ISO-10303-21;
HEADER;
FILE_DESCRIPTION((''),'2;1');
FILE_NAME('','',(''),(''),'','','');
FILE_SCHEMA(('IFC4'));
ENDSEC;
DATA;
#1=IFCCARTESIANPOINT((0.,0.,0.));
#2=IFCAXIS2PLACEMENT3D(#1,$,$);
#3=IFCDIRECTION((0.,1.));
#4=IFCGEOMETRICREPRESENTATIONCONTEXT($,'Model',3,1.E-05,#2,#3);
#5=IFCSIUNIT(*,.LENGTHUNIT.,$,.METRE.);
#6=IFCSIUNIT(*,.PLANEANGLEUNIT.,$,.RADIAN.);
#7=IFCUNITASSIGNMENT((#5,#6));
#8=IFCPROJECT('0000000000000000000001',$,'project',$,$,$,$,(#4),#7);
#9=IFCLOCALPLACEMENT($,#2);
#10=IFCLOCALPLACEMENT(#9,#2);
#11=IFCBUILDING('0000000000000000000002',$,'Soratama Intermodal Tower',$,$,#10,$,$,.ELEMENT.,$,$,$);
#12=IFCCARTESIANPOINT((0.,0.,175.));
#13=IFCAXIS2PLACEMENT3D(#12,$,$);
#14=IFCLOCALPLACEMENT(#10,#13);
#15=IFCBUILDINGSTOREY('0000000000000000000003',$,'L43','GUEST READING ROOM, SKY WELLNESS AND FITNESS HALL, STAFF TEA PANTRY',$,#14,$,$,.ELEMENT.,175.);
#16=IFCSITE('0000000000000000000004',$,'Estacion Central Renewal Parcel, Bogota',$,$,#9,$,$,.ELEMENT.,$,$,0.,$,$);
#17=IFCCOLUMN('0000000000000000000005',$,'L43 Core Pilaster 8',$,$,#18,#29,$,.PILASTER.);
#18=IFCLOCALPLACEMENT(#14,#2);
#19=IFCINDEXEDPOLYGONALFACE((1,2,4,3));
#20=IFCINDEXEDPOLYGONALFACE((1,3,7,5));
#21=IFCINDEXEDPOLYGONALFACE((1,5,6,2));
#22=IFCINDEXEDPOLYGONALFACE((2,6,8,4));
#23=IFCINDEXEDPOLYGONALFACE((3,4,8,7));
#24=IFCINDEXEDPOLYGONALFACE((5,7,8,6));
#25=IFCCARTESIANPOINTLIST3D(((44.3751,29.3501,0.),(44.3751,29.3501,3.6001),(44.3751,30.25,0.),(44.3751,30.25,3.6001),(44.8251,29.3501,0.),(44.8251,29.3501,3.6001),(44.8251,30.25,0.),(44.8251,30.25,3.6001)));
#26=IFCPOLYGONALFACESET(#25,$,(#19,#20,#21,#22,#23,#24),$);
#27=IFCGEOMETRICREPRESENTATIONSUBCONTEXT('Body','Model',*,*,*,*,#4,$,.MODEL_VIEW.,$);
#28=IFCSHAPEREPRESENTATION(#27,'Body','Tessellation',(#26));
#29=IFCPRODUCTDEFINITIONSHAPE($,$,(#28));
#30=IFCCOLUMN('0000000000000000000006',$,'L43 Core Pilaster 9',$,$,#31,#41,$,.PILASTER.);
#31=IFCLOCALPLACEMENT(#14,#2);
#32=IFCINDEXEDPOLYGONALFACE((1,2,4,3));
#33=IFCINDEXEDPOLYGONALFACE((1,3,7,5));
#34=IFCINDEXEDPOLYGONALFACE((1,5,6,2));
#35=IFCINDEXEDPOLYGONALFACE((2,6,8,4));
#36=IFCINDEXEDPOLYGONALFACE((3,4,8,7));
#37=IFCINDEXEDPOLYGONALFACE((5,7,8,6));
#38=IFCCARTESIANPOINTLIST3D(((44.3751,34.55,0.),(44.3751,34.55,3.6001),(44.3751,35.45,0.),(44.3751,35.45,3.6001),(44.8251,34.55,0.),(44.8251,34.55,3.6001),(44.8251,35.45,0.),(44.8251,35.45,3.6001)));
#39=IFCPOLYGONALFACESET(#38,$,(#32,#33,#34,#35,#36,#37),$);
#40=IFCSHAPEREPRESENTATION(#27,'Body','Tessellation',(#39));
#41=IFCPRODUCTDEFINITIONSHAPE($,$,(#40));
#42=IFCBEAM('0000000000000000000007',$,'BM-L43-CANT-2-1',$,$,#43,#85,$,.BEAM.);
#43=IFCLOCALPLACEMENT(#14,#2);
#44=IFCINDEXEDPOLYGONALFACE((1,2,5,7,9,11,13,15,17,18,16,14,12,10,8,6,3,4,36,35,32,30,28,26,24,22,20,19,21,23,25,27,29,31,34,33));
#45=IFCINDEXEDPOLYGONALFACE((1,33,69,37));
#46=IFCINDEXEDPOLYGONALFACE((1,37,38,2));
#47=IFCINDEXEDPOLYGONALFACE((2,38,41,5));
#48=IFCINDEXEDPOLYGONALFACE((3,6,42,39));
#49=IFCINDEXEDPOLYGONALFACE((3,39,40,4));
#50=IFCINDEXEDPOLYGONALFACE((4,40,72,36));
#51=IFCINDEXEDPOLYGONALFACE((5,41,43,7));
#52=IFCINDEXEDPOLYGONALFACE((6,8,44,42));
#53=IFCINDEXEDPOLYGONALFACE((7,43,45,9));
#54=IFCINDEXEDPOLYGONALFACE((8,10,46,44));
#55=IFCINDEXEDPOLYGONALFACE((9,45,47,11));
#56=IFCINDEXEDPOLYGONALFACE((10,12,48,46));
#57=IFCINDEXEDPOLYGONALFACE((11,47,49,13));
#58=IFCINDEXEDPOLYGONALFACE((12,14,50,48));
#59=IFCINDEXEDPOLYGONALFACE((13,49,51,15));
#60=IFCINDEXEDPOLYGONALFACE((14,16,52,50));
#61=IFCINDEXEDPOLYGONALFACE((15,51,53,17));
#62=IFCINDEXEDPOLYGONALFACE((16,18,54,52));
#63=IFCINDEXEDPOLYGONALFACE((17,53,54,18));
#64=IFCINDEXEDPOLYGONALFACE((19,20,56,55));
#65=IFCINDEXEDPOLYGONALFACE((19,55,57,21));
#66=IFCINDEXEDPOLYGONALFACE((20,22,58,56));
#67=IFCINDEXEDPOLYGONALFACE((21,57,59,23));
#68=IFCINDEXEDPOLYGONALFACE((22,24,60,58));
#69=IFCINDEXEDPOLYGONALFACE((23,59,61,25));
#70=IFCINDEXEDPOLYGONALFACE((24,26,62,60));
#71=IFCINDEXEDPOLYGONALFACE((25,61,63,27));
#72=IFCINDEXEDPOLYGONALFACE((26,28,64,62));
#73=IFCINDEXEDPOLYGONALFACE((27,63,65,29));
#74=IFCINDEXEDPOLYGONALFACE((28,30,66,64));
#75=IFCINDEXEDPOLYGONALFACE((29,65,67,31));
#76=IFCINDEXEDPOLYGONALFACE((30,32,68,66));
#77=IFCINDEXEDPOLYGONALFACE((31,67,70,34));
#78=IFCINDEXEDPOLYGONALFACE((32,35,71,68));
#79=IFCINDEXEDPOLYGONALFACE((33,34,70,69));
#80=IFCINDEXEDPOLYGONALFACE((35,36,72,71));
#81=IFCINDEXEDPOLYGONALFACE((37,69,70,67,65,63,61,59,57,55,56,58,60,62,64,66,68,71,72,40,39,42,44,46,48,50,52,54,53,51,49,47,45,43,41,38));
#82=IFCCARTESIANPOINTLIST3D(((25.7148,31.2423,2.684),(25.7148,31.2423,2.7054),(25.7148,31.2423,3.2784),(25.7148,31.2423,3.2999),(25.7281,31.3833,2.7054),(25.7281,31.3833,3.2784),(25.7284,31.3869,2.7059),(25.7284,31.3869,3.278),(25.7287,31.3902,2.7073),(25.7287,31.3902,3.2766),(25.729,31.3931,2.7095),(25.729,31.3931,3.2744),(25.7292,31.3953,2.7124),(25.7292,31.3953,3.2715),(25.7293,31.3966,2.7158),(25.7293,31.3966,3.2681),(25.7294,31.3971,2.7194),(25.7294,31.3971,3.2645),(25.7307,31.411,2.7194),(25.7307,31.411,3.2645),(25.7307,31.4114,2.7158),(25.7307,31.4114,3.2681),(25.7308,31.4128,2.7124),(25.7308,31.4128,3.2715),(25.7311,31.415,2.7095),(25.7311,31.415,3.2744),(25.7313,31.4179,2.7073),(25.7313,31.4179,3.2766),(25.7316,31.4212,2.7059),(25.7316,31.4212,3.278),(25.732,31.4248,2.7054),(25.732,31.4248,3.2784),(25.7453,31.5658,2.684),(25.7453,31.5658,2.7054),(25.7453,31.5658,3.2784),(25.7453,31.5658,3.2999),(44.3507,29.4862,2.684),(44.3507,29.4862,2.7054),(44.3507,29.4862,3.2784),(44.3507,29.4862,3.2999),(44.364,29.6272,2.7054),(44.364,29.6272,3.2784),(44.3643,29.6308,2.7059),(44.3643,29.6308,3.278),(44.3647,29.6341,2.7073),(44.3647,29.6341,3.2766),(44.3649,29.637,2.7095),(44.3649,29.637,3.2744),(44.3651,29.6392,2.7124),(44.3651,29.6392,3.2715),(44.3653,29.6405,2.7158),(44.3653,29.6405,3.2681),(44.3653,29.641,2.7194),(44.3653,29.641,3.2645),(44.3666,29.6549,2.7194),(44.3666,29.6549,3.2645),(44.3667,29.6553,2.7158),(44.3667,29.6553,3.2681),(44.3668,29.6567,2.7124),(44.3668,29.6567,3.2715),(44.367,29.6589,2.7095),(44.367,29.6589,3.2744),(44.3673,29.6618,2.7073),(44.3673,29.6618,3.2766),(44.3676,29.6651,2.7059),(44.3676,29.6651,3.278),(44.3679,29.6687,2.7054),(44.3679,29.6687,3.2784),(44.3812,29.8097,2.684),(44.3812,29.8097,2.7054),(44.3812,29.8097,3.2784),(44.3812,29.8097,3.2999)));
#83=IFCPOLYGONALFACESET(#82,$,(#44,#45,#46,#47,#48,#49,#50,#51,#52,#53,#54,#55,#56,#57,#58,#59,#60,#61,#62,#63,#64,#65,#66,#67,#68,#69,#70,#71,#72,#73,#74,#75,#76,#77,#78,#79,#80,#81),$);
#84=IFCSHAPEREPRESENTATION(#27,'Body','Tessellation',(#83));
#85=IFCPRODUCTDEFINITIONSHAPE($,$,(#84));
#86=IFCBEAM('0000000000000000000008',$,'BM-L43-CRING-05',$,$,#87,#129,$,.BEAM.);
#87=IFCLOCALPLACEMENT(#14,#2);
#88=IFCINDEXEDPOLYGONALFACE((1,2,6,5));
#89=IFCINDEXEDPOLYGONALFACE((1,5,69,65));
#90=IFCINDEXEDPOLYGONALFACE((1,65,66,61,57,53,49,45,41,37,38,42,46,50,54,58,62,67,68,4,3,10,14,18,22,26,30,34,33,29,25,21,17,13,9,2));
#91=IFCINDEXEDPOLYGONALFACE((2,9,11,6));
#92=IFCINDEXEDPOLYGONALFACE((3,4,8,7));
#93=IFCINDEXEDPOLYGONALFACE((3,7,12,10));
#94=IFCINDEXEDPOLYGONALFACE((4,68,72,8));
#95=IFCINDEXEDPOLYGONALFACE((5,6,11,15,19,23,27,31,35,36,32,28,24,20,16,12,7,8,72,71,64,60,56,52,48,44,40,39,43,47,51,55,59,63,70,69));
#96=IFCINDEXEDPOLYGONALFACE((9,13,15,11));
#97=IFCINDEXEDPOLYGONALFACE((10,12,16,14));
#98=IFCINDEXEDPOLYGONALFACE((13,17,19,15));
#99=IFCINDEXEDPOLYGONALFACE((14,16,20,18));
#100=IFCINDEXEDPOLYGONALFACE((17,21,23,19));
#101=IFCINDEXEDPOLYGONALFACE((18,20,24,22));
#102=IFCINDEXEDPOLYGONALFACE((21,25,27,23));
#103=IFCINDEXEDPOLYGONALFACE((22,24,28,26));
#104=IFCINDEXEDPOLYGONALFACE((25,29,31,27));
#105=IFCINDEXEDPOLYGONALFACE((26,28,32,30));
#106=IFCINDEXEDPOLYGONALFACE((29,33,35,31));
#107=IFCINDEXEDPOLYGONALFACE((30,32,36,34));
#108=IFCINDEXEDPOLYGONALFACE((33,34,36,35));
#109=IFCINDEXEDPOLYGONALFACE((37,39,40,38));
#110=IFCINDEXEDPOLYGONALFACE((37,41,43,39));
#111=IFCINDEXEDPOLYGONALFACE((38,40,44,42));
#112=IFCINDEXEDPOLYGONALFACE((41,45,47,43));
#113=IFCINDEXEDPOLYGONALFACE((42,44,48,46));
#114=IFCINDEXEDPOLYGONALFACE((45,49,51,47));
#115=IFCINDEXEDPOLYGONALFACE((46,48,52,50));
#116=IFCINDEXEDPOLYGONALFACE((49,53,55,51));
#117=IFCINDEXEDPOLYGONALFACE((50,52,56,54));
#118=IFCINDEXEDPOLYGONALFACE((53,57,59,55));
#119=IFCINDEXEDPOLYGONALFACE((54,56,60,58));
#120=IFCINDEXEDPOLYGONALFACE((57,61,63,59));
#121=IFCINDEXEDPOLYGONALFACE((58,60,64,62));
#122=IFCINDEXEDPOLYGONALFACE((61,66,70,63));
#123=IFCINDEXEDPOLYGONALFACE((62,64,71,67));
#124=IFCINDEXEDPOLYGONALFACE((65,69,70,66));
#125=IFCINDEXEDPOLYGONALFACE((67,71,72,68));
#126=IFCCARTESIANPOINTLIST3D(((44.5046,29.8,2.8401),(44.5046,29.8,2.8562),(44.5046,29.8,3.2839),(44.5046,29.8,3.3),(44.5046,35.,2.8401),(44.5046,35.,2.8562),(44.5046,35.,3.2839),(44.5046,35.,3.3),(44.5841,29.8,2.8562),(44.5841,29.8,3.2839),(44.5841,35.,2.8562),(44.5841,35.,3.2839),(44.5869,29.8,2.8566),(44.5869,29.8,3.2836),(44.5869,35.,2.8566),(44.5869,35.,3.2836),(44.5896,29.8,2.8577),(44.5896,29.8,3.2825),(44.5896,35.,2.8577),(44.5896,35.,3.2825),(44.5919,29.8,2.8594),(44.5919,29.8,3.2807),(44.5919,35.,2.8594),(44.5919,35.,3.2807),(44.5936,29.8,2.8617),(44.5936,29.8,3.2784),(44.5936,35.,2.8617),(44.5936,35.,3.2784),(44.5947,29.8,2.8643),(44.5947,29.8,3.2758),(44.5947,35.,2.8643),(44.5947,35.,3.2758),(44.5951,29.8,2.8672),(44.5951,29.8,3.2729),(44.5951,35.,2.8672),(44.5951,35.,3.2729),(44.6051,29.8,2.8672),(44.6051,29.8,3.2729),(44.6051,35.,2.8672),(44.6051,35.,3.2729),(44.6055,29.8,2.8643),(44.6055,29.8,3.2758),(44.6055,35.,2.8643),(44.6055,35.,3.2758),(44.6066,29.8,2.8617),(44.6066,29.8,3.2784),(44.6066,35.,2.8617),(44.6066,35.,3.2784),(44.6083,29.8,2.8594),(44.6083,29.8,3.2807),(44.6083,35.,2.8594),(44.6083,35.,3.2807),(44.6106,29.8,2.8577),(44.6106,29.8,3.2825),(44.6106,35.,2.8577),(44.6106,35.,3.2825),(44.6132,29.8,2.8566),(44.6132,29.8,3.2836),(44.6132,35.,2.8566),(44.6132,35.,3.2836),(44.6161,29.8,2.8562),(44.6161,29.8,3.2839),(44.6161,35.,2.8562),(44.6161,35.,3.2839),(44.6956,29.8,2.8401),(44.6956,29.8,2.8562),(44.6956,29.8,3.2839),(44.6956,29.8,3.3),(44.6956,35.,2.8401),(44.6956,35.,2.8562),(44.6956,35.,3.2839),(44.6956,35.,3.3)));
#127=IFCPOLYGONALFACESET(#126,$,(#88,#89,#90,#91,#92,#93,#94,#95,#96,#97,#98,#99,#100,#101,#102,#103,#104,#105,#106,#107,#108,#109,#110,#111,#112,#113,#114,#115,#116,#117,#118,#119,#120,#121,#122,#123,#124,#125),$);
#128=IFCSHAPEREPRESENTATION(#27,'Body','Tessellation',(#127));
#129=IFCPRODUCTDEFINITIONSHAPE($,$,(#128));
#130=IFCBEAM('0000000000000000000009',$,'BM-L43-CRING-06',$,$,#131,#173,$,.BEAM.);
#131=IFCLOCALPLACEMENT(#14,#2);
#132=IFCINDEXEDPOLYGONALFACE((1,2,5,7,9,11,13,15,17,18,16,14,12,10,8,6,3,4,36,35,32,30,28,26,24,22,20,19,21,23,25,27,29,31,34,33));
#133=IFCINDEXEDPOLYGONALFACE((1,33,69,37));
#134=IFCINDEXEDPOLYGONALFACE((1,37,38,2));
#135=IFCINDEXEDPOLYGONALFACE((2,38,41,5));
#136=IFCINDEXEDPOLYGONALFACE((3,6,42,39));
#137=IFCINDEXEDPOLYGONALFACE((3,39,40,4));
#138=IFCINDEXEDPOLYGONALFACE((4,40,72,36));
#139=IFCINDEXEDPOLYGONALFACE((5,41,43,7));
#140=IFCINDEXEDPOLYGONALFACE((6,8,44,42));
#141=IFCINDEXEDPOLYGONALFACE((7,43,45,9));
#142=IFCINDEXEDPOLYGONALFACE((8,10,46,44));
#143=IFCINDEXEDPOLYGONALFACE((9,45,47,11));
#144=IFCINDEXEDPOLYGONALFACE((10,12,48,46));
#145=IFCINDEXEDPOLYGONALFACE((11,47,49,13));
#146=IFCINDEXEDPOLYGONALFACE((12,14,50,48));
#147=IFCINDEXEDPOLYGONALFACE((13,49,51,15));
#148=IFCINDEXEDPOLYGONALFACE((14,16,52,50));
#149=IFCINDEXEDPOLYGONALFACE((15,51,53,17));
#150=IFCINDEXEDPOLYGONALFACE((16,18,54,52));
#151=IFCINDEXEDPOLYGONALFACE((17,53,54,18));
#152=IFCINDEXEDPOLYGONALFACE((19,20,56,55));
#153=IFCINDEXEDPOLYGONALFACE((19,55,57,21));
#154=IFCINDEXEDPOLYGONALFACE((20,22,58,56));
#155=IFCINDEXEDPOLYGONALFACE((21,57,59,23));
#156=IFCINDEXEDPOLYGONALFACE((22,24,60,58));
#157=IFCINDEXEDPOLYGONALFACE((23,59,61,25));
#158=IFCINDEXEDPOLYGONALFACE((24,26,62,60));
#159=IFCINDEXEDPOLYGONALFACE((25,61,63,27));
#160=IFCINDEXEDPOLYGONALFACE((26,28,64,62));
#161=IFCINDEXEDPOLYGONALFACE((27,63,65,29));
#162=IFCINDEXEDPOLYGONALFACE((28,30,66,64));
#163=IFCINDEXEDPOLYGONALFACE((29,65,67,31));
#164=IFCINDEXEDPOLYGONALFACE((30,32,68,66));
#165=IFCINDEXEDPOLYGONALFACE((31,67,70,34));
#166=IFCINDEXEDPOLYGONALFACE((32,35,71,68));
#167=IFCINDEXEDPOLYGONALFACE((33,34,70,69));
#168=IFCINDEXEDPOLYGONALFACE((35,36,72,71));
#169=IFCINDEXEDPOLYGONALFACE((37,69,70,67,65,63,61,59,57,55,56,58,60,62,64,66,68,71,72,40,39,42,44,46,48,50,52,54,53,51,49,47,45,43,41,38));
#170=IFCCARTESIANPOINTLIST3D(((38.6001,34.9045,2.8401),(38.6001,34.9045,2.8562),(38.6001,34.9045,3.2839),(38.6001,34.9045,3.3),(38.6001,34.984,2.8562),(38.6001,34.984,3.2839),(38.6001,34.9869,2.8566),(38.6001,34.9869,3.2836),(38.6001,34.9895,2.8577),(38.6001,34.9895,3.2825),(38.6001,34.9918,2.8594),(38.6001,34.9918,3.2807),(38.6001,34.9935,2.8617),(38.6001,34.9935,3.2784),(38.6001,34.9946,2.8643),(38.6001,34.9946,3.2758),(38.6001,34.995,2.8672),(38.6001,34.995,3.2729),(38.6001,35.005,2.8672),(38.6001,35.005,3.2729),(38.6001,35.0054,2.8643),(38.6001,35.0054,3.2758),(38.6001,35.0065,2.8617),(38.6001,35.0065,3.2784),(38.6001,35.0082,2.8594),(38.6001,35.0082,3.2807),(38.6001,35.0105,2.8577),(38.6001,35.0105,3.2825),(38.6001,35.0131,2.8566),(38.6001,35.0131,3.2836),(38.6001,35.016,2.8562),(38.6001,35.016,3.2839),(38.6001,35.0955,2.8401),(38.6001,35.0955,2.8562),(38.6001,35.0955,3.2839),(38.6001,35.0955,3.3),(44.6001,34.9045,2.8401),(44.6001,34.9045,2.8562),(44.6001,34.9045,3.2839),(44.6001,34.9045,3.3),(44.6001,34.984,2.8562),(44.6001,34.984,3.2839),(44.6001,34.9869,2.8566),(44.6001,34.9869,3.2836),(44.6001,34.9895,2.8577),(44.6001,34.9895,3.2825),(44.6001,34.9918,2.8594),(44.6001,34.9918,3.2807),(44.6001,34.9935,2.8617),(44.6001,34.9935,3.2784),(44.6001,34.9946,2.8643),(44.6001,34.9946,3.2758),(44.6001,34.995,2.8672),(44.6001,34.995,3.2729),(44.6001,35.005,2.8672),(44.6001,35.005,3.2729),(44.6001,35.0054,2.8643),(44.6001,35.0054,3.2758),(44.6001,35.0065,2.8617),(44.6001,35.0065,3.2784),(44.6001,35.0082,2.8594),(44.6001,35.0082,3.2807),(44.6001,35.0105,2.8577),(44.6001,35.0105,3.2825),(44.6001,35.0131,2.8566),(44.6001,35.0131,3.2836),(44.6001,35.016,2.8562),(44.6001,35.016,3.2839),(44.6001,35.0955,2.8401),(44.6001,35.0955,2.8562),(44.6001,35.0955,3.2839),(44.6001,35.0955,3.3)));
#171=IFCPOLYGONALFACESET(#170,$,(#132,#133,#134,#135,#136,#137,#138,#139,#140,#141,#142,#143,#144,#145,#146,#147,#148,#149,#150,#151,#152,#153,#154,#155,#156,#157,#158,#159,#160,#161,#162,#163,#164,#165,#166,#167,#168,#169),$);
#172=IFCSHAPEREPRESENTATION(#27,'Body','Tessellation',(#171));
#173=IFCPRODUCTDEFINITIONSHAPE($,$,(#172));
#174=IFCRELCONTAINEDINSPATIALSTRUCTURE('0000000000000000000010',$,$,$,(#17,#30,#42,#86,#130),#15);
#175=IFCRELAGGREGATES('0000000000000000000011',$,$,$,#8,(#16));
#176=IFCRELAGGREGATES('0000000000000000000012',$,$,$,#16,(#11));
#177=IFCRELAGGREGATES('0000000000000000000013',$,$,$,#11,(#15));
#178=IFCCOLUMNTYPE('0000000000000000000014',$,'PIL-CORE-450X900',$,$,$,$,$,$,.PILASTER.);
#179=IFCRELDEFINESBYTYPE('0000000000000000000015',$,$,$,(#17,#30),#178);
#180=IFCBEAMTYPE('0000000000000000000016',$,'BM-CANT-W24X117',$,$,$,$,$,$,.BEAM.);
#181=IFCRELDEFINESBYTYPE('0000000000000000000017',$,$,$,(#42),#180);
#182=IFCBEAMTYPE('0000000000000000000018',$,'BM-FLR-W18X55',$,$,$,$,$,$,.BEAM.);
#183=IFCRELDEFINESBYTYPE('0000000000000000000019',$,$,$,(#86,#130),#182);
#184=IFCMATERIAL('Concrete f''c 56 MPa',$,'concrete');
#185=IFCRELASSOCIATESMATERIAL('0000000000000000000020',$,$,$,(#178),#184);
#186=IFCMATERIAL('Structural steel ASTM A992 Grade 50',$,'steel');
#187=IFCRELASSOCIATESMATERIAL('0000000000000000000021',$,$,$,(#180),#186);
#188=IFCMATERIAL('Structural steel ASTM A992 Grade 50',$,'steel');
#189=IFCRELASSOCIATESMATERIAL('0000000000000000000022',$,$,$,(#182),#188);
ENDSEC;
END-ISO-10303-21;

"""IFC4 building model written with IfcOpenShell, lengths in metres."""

from ifc_helpers import new_model, si_unit, direction, frame, origin, origin_2d, place, context, subcontext, project, spatial, rectangle, i_section, extrude, material, material_profile, profile_set, type_object, element, save


model = new_model("IFC4")

# Units and contexts
model_context = context("Model", 3, precision=1e-05, world=origin(), true_north=direction((0.0, 1.0)))
body_context = subcontext(model_context, "Body", "Model", "MODEL_VIEW")
ifc_project = project(units=[si_unit("LENGTHUNIT", "METRE"), si_unit("PLANEANGLEUNIT", "RADIAN")], contexts=[model_context])

# Site, building, storey
site_placement = place(None, origin())
site = spatial("IfcSite", under=ifc_project, at=site_placement, Name="Estacion Central Renewal Parcel, Bogota", CompositionType="ELEMENT", RefElevation=0.0)
building_placement = place(site_placement, origin())
building = spatial("IfcBuilding", under=site, at=building_placement, Name="Soratama Intermodal Tower", CompositionType="ELEMENT")
storey_placement = place(building_placement, frame((0.0, 0.0, 175.0)))
storey = spatial("IfcBuildingStorey", under=building, at=storey_placement, Name="L43", Description="GUEST READING ROOM, SKY WELLNESS AND FITNESS HALL, STAFF TEA PANTRY", CompositionType="ELEMENT", Elevation=175.0)

# Columns
ifc_material_1 = material(Name="Concrete f'c 56 MPa", Category="concrete")
ifc_material_profile_1 = material_profile(ifc_material_1, rectangle(XDim=0.45, YDim=0.8999, at=origin_2d()), Name="RC450X900")
ifc_profile_set_1 = profile_set([ifc_material_profile_1], Name="Concrete f'c 56 MPa")
column_type = type_object("IfcColumnType", Name="PIL-CORE-450X900", PredefinedType="PILASTER", material=ifc_profile_set_1)
for number, where, z_axis, x_axis, name in (
    (1, (44.6001, 29.8, 0.0), (0.0, 0.0, 1.0), (1.0, 0.0, 0.0), "L43 Core Pilaster 8"),
    (2, (44.6001, 35.0, 0.0), (0.0, 0.0, 1.0), (1.0, 0.0, 0.0), "L43 Core Pilaster 9"),
):
    element("IfcColumn", number, at=place(storey_placement, frame(where, z_axis=z_axis, x_axis=x_axis)), inside=storey, type_object=column_type, Name=name, PredefinedType="PILASTER", context=body_context, shape_type="SweptSolid", body=[
        extrude(rectangle(XDim=0.45, YDim=0.8999, at=origin_2d()), origin(), (0.0, 0.0, 1.0), 3.6001),
    ])

# Beams
ifc_material_2 = material(Name="Structural steel ASTM A992 Grade 50", Category="steel")
ifc_material_profile_2 = material_profile(ifc_material_2, i_section(OverallWidth=0.325, OverallDepth=0.616, WebThickness=0.0139, FlangeThickness=0.0215, FilletRadius=0.0139, at=origin_2d()), Name="W24X117")
ifc_profile_set_2 = profile_set([ifc_material_profile_2], Name="Structural steel ASTM A992 Grade 50")
beam_type_1 = type_object("IfcBeamType", Name="BM-CANT-W24X117", PredefinedType="BEAM", material=ifc_profile_set_2)
beam_1_placement = place(storey_placement, frame((44.366, 29.6479, 2.9919), z_axis=(-0.99559, 0.093816, 0.0), x_axis=(-0.093816, -0.99559, 0.0)))
element("IfcBeam", 3, at=beam_1_placement, inside=storey, type_object=beam_type_1, Name="BM-L43-CANT-2-1", PredefinedType="BEAM", context=body_context, shape_type="SweptSolid", body=[
    extrude(i_section(OverallWidth=0.325, OverallDepth=0.616, WebThickness=0.0139, FlangeThickness=0.0215, FilletRadius=0.0139, at=origin_2d()), origin(), (0.0, 0.0, 1.0), 18.7185),
])
ifc_material_3 = material(Name="Structural steel ASTM A992 Grade 50", Category="steel")
ifc_material_profile_3 = material_profile(ifc_material_3, i_section(OverallWidth=0.1909, OverallDepth=0.46, WebThickness=0.01, FlangeThickness=0.0161, FilletRadius=0.011, at=origin_2d()), Name="W18X55")
ifc_profile_set_3 = profile_set([ifc_material_profile_3], Name="Structural steel ASTM A992 Grade 50")
beam_type_2 = type_object("IfcBeamType", Name="BM-FLR-W18X55", PredefinedType="BEAM", material=ifc_profile_set_3)
beam_2_placement = place(storey_placement, frame((44.6001, 29.8, 3.0701), z_axis=(0.0, 1.0, 0.0), x_axis=(-1.0, 0.0, 0.0)))
element("IfcBeam", 4, at=beam_2_placement, inside=storey, type_object=beam_type_2, Name="BM-L43-CRING-05", PredefinedType="BEAM", context=body_context, shape_type="SweptSolid", body=[
    extrude(i_section(OverallWidth=0.1909, OverallDepth=0.46, WebThickness=0.01, FlangeThickness=0.0161, FilletRadius=0.011, at=origin_2d()), origin(), (0.0, 0.0, 1.0), 5.2),
])
beam_3_placement = place(storey_placement, frame((44.6001, 35.0, 3.0701), z_axis=(-1.0, 0.0, 0.0), x_axis=(0.0, -1.0, 0.0)))
element("IfcBeam", 5, at=beam_3_placement, inside=storey, type_object=beam_type_2, Name="BM-L43-CRING-06", PredefinedType="BEAM", context=body_context, shape_type="SweptSolid", body=[
    extrude(i_section(OverallWidth=0.1909, OverallDepth=0.46, WebThickness=0.01, FlangeThickness=0.0161, FilletRadius=0.011, at=origin_2d()), origin(), (0.0, 0.0, 1.0), 6.0),
])

save(model, "model.ifc")
